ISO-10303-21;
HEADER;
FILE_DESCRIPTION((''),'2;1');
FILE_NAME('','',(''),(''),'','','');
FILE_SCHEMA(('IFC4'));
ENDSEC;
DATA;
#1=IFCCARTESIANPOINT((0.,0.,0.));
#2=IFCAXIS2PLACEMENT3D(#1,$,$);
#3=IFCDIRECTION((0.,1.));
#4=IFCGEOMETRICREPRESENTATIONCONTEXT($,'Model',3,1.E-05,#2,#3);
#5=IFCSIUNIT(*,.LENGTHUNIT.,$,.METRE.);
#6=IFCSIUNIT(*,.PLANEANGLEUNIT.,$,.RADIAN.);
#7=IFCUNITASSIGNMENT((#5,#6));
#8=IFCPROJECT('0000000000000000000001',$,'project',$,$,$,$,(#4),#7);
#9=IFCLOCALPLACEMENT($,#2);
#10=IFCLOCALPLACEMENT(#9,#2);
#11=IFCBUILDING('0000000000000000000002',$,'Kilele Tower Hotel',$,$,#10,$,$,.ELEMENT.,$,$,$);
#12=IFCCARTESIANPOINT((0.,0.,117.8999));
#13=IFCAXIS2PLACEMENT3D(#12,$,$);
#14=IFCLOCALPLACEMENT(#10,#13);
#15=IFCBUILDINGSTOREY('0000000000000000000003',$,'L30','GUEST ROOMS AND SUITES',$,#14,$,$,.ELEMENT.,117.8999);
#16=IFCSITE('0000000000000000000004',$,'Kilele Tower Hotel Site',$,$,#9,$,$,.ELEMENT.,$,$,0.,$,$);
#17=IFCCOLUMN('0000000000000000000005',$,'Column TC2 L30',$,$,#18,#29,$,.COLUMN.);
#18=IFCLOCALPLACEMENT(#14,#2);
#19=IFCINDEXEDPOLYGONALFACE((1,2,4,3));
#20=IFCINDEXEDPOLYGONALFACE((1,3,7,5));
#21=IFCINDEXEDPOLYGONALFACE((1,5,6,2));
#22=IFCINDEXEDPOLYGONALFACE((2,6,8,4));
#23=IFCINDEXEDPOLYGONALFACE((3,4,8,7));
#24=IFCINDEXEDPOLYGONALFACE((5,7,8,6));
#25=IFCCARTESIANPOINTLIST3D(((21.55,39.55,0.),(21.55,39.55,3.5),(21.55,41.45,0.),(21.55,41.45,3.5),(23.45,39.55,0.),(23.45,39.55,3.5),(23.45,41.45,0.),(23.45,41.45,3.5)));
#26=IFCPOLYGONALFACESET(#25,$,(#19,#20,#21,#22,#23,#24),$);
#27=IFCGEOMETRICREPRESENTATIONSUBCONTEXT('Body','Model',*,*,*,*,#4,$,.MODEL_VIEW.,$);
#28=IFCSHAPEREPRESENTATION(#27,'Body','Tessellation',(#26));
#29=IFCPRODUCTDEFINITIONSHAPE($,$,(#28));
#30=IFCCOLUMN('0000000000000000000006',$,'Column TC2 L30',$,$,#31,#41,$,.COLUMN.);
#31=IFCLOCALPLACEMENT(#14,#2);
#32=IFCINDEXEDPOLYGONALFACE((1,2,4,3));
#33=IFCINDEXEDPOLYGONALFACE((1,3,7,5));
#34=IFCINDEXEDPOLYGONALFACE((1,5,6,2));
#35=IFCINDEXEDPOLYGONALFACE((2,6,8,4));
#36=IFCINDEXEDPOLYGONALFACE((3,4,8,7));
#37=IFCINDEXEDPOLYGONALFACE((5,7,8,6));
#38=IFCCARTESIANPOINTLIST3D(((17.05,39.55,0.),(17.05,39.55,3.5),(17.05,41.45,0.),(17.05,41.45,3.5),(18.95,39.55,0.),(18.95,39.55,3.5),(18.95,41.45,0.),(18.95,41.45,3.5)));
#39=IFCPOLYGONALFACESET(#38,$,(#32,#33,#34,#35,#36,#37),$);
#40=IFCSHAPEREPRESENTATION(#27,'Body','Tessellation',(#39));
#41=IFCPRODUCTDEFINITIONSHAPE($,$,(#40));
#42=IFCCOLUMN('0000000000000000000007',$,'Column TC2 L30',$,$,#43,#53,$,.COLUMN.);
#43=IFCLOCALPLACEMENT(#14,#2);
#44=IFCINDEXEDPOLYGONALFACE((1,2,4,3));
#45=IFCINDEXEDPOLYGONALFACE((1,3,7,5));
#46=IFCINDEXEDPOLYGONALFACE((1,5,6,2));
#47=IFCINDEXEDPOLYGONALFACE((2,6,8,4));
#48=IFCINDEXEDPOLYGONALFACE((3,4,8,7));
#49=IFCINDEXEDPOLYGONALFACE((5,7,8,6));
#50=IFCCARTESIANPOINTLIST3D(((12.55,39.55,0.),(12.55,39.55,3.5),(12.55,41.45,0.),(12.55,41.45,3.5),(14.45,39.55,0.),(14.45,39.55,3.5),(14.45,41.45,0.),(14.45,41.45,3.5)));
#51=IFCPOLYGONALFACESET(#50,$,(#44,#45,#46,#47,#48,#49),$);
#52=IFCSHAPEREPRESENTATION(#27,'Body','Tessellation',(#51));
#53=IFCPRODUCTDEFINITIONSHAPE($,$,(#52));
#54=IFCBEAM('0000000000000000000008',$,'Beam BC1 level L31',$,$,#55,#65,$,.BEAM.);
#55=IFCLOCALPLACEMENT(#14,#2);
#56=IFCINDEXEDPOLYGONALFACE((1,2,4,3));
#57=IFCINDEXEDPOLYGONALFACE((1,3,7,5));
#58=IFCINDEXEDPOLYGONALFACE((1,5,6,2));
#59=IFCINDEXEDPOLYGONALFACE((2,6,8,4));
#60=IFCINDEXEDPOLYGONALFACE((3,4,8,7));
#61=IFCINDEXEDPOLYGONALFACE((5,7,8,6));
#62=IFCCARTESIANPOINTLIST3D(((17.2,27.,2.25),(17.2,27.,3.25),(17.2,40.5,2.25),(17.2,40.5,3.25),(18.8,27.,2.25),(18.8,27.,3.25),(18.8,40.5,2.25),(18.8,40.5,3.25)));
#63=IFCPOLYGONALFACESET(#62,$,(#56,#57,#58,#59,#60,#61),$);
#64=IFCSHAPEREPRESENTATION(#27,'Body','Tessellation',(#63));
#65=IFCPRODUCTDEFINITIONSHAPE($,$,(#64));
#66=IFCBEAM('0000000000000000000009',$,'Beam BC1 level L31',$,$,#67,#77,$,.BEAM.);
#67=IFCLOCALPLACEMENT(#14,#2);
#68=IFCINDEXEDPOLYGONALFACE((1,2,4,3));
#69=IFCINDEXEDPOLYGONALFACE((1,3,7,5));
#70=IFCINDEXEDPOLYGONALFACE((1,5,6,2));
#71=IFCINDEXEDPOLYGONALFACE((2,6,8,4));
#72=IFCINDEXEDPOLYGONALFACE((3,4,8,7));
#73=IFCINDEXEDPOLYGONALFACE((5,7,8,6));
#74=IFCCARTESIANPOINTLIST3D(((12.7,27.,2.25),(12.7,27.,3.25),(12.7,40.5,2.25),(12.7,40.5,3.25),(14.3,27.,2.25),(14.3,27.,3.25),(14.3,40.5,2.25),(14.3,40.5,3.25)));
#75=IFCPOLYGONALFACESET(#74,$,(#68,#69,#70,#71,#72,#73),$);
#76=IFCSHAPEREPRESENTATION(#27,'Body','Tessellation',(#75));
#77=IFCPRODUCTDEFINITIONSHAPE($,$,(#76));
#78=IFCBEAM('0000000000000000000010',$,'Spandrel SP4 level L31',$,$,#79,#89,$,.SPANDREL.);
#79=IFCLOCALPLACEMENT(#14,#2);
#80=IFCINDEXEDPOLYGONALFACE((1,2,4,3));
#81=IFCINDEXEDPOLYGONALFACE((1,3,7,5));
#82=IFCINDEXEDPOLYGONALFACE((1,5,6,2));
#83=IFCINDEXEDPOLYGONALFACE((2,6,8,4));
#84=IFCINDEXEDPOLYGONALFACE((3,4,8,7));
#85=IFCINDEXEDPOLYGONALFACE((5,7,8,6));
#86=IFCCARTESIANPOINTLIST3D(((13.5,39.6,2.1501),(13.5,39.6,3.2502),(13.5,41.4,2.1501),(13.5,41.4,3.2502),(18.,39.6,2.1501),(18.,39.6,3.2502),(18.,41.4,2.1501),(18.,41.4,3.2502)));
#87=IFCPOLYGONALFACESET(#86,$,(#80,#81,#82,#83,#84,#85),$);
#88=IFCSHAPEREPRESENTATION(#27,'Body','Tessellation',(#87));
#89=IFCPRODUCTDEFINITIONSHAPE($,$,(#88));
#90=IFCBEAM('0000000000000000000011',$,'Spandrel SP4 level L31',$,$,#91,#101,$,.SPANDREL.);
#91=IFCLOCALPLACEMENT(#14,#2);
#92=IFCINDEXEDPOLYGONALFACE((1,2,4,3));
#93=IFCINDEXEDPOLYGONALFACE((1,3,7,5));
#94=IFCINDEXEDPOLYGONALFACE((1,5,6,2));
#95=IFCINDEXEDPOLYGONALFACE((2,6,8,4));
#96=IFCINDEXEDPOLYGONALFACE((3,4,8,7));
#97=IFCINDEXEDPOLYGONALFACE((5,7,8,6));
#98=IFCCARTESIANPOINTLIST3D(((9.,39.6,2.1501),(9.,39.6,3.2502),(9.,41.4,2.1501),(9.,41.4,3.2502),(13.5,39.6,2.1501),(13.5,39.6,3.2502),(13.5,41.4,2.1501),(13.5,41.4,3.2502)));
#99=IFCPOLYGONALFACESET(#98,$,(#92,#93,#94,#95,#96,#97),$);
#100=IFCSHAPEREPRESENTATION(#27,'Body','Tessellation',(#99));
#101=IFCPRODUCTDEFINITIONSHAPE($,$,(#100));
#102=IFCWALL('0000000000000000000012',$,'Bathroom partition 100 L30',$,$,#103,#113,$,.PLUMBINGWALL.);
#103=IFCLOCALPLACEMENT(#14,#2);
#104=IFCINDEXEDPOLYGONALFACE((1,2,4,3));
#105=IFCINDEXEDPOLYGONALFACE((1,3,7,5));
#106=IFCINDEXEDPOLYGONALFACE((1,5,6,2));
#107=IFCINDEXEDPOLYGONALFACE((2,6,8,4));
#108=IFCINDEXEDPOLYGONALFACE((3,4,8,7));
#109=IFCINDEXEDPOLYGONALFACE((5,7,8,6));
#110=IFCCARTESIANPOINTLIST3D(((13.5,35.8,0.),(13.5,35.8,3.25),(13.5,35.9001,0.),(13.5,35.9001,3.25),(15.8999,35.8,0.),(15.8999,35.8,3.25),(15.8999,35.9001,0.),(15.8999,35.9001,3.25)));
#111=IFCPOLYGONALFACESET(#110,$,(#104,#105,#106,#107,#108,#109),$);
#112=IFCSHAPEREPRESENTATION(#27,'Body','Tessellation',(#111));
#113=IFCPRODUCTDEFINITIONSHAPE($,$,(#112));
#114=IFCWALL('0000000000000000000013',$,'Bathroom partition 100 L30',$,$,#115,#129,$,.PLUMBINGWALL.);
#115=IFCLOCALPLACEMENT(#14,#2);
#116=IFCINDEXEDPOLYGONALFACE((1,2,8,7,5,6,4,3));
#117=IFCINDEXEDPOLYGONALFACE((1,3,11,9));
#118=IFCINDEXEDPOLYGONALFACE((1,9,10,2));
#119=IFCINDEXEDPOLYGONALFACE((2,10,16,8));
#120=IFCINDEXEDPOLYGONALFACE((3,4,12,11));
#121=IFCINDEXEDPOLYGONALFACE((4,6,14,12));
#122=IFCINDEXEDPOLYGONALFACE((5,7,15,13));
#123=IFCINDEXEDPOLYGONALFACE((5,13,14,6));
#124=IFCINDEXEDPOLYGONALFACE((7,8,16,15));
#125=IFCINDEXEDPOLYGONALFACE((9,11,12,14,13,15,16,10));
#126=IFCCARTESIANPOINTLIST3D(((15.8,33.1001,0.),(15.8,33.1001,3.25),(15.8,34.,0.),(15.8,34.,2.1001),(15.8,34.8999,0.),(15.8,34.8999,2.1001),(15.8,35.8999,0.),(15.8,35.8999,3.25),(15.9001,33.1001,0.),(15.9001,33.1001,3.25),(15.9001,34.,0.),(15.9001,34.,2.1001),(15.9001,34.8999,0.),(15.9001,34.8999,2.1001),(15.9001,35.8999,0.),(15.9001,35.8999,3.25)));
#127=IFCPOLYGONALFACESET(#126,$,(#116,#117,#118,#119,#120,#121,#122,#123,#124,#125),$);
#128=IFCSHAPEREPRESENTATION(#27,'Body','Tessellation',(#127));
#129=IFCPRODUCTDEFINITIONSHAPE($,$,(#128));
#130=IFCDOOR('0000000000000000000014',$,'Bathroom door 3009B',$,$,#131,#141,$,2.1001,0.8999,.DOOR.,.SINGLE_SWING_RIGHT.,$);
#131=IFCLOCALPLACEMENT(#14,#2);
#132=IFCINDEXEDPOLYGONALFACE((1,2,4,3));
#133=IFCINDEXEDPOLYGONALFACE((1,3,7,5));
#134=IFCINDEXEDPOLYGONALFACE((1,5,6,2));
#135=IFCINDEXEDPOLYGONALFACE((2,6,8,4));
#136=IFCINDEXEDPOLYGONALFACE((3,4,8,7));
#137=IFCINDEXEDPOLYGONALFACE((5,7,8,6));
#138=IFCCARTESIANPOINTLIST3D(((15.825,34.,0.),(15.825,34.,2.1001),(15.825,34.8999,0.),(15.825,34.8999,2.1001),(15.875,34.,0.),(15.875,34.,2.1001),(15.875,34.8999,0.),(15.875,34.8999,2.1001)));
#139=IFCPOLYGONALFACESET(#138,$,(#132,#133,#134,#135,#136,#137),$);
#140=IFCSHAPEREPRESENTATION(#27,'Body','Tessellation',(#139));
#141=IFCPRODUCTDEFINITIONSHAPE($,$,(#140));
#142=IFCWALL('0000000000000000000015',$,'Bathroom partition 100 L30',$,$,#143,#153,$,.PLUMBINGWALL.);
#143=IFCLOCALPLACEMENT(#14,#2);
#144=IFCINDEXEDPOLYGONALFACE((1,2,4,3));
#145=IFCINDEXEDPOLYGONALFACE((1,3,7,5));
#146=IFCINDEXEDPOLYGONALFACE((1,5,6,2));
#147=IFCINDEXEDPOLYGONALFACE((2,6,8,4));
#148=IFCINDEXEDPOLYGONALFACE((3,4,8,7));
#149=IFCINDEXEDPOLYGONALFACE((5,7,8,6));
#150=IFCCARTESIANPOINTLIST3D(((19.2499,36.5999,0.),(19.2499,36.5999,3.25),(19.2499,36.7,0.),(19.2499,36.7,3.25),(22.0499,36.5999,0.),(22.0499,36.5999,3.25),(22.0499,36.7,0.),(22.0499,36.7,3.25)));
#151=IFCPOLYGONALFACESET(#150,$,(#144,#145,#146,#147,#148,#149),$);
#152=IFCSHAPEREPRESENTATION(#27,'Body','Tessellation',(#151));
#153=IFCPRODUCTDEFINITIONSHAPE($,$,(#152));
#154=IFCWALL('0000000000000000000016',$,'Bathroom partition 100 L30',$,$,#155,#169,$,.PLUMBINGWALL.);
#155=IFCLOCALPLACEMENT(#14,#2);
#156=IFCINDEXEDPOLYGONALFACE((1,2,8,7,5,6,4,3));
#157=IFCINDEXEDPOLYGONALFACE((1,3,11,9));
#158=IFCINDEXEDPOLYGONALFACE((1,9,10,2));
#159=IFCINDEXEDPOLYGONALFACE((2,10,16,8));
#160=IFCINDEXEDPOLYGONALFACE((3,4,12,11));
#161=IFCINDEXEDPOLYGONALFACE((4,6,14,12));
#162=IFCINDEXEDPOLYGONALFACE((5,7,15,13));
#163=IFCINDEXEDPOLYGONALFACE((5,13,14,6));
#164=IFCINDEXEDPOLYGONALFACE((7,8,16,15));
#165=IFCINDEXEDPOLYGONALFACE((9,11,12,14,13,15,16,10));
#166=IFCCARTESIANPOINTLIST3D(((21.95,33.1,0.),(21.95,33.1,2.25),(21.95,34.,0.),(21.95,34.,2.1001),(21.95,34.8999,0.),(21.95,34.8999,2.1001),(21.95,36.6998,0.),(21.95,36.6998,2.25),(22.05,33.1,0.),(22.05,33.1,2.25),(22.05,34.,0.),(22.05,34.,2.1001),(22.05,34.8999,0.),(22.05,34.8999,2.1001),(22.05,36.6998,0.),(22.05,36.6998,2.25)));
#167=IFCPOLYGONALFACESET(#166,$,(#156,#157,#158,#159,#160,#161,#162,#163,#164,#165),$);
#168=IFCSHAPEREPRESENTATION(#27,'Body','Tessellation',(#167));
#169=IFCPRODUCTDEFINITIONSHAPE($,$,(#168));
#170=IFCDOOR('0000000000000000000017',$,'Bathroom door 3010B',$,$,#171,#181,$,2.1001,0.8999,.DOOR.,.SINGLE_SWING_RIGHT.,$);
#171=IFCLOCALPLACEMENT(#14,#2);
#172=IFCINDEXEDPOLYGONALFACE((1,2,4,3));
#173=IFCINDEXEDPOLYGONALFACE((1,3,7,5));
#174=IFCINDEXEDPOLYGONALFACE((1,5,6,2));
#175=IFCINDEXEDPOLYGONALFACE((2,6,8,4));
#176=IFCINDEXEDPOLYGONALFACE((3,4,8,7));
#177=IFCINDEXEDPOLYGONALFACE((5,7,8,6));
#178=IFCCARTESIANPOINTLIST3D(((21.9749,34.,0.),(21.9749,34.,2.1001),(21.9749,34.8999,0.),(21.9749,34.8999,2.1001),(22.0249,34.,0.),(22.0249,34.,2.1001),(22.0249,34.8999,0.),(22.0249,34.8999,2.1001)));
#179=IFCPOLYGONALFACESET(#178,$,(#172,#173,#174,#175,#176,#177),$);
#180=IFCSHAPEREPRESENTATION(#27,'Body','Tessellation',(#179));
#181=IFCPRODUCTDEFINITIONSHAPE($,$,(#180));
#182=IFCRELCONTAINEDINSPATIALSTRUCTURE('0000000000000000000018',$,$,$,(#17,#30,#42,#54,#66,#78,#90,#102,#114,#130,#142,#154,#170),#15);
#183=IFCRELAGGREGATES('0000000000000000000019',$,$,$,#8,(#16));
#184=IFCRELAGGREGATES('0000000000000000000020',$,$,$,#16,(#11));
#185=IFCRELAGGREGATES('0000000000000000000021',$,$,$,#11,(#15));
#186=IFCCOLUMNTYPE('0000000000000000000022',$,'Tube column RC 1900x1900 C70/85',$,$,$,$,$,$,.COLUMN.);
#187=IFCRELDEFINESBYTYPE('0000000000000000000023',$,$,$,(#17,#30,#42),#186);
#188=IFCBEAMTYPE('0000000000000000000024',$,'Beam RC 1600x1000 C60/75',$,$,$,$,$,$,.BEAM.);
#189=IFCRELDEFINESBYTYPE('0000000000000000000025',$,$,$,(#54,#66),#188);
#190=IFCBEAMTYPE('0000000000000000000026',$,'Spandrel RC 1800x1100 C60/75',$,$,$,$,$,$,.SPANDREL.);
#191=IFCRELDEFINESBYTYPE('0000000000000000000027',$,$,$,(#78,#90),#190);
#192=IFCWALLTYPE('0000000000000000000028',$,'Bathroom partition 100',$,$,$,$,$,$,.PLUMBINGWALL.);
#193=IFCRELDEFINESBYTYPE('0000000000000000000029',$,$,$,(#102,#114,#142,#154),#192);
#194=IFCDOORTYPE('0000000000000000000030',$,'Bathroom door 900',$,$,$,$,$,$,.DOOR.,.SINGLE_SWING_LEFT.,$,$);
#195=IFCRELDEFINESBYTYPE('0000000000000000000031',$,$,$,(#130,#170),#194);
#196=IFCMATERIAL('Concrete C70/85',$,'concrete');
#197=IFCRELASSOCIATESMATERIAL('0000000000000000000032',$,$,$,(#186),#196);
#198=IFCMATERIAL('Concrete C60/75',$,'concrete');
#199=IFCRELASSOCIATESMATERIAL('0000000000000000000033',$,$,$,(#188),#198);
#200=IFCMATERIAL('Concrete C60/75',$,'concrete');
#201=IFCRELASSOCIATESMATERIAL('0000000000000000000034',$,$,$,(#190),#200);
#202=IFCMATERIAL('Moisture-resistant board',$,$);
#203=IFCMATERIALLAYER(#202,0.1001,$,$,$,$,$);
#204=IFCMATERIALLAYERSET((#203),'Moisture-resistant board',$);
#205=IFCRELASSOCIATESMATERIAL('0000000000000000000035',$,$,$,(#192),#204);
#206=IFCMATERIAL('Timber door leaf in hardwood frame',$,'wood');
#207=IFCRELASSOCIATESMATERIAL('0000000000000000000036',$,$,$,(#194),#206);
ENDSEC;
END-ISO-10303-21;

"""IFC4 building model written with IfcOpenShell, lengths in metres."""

from ifc_helpers import new_model, si_unit, direction, frame, frame_2d, origin, origin_2d, place, context, subcontext, project, spatial, rectangle, extrude, material, layer, layer_set, material_profile, profile_set, type_object, element, fill, save


model = new_model("IFC4")

# Units and contexts
model_context = context("Model", 3, precision=1e-05, world=origin(), true_north=direction((0.0, 1.0)))
body_context = subcontext(model_context, "Body", "Model", "MODEL_VIEW")
ifc_project = project(units=[si_unit("LENGTHUNIT", "METRE"), si_unit("PLANEANGLEUNIT", "RADIAN")], contexts=[model_context])

# Site, building, storey
site_placement = place(None, origin())
site = spatial("IfcSite", under=ifc_project, at=site_placement, Name="Kilele Tower Hotel Site", CompositionType="ELEMENT", RefElevation=0.0)
building_placement = place(site_placement, origin())
building = spatial("IfcBuilding", under=site, at=building_placement, Name="Kilele Tower Hotel", CompositionType="ELEMENT")
storey_placement = place(building_placement, frame((0.0, 0.0, 117.8999)))
storey = spatial("IfcBuildingStorey", under=building, at=storey_placement, Name="L30", Description="GUEST ROOMS AND SUITES", CompositionType="ELEMENT", Elevation=117.8999)

# Columns
ifc_material_1 = material(Name="Concrete C70/85", Category="concrete")
ifc_material_profile_1 = material_profile(ifc_material_1, rectangle(XDim=1.8999, YDim=1.8999, at=origin_2d()))
ifc_profile_set_1 = profile_set([ifc_material_profile_1], Name="Concrete C70/85")
column_type = type_object("IfcColumnType", Name="Tube column RC 1900x1900 C70/85", PredefinedType="COLUMN", material=ifc_profile_set_1)
for number, where, z_axis, x_axis, name in (
    (1, (22.5, 40.5, 0.0), (0.0, 0.0, 1.0), (1.0, 0.0, 0.0), "Column TC2 L30"),
    (2, (18.0, 40.5, 0.0), (0.0, 0.0, 1.0), (1.0, 0.0, 0.0), "Column TC2 L30"),
    (3, (13.5, 40.5, 0.0), (0.0, 0.0, 1.0), (1.0, 0.0, 0.0), "Column TC2 L30"),
):
    element("IfcColumn", number, at=place(storey_placement, frame(where, z_axis=z_axis, x_axis=x_axis)), inside=storey, type_object=column_type, Name=name, PredefinedType="COLUMN", context=body_context, shape_type="SweptSolid", body=[
        extrude(rectangle(XDim=1.8999, YDim=1.8999, at=origin_2d()), origin(), (0.0, 0.0, 1.0), 3.5),
    ])

# Beams
ifc_material_2 = material(Name="Concrete C60/75", Category="concrete")
ifc_material_profile_2 = material_profile(ifc_material_2, rectangle(XDim=1.6001, YDim=1.0, at=origin_2d()))
ifc_profile_set_2 = profile_set([ifc_material_profile_2], Name="Concrete C60/75")
beam_type_1 = type_object("IfcBeamType", Name="Beam RC 1600x1000 C60/75", PredefinedType="BEAM", material=ifc_profile_set_2)
for number, where, z_axis, x_axis, name in (
    (4, (18.0, 40.5, 2.75), (0.0, -1.0, 0.0), (1.0, 0.0, 0.0), "Beam BC1 level L31"),
    (5, (13.5, 40.5, 2.75), (0.0, -1.0, 0.0), (1.0, 0.0, 0.0), "Beam BC1 level L31"),
):
    element("IfcBeam", number, at=place(storey_placement, frame(where, z_axis=z_axis, x_axis=x_axis)), inside=storey, type_object=beam_type_1, Name=name, PredefinedType="BEAM", context=body_context, shape_type="SweptSolid", body=[
        extrude(rectangle(XDim=1.6001, YDim=1.0, at=origin_2d()), origin(), (0.0, 0.0, 1.0), 13.5),
    ])
ifc_material_3 = material(Name="Concrete C60/75", Category="concrete")
ifc_material_profile_3 = material_profile(ifc_material_3, rectangle(XDim=1.8, YDim=1.1001, at=origin_2d()))
ifc_profile_set_3 = profile_set([ifc_material_profile_3], Name="Concrete C60/75")
beam_type_2 = type_object("IfcBeamType", Name="Spandrel RC 1800x1100 C60/75", PredefinedType="SPANDREL", material=ifc_profile_set_3)
for number, where, z_axis, x_axis, name in (
    (6, (18.0, 40.5, 2.7002), (-1.0, 0.0, 0.0), (0.0, -1.0, 0.0), "Spandrel SP4 level L31"),
    (7, (13.5, 40.5, 2.7002), (-1.0, 0.0, 0.0), (0.0, -1.0, 0.0), "Spandrel SP4 level L31"),
):
    element("IfcBeam", number, at=place(storey_placement, frame(where, z_axis=z_axis, x_axis=x_axis)), inside=storey, type_object=beam_type_2, Name=name, PredefinedType="SPANDREL", context=body_context, shape_type="SweptSolid", body=[
        extrude(rectangle(XDim=1.8, YDim=1.1001, at=origin_2d()), origin(), (0.0, 0.0, 1.0), 4.5),
    ])

# Wall
ifc_material_4 = material(Name="Moisture-resistant board")
ifc_layer_1 = layer(ifc_material_4, 0.1001)
ifc_layer_set_1 = layer_set([ifc_layer_1], Name="Moisture-resistant board")
wall_type_1 = type_object("IfcWallType", Name="Bathroom partition 100", PredefinedType="PLUMBINGWALL", material=ifc_layer_set_1)
wall_1_placement = place(storey_placement, frame((13.5, 35.8501, 0.0), z_axis=(0.0, 0.0, 1.0), x_axis=(1.0, 0.0, 0.0)))
element("IfcWall", 8, at=wall_1_placement, inside=storey, type_object=wall_type_1, Name="Bathroom partition 100 L30", PredefinedType="PLUMBINGWALL", context=body_context, shape_type="SweptSolid", body=[
    extrude(rectangle(XDim=2.3999, YDim=0.1001, at=frame_2d((1.2, 0.0))), origin(), (0.0, 0.0, 1.0), 3.25),
])

# Wall, opening, door
wall_2_placement = place(storey_placement, frame((15.8501, 33.1001, 0.0), z_axis=(0.0, 0.0, 1.0), x_axis=(0.0, 1.0, 0.0)))
wall_2 = element("IfcWall", 9, at=wall_2_placement, inside=storey, type_object=wall_type_1, Name="Bathroom partition 100 L30", PredefinedType="PLUMBINGWALL", context=body_context, shape_type="SweptSolid", body=[
    extrude(rectangle(XDim=2.7998, YDim=0.1001, at=frame_2d((1.3999, 0.0))), origin(), (0.0, 0.0, 1.0), 3.25),
])
opening_1_placement = place(wall_2_placement, frame((1.7998, 0.0, 0.0), z_axis=(0.0, 0.0, 1.0), x_axis=(-1.0, 0.0, 0.0)))
opening_1 = element("IfcOpeningElement", 10, at=opening_1_placement, cuts=wall_2, PredefinedType="OPENING", context=body_context, shape_type="SweptSolid", body=[
    extrude(rectangle(XDim=0.8999, YDim=2.1001, at=frame_2d((0.45, 1.05))), frame((0.0, 0.0601, 0.0), z_axis=(0.0, -1.0, 0.0), x_axis=(1.0, 0.0, 0.0)), (0.0, 0.0, 1.0), 0.1201),
])
ifc_material_5 = material(Name="Timber door leaf in hardwood frame", Category="wood")
door_type_1 = type_object("IfcDoorType", Name="Bathroom door 900", OperationType="SINGLE_SWING_LEFT", PredefinedType="DOOR", material=ifc_material_5)
door_1_placement = place(opening_1_placement, origin())
door_1 = element("IfcDoor", 11, at=door_1_placement, inside=storey, type_object=door_type_1, Name="Bathroom door 3009B", OperationType="SINGLE_SWING_RIGHT", OverallHeight=2.1001, OverallWidth=0.8999, PredefinedType="DOOR", context=body_context, shape_type="SweptSolid", body=[
    extrude(rectangle(XDim=0.8999, YDim=2.1001, at=frame_2d((0.45, 1.05))), frame((0.0, 0.0249, 0.0), z_axis=(0.0, -1.0, 0.0), x_axis=(1.0, 0.0, 0.0)), (0.0, 0.0, 1.0), 0.05),
])
fill(opening_1, door_1)

# Wall
wall_3_placement = place(storey_placement, frame((19.25, 36.6499, 0.0), z_axis=(0.0, 0.0, 1.0), x_axis=(1.0, 0.0, 0.0)))
element("IfcWall", 12, at=wall_3_placement, inside=storey, type_object=wall_type_1, Name="Bathroom partition 100 L30", PredefinedType="PLUMBINGWALL", context=body_context, shape_type="SweptSolid", body=[
    extrude(rectangle(XDim=2.8, YDim=0.1001, at=frame_2d((1.3999, 0.0))), origin(), (0.0, 0.0, 1.0), 3.25),
])

# Wall, opening, door
wall_4_placement = place(storey_placement, frame((22.0, 33.1001, 0.0), z_axis=(0.0, 0.0, 1.0), x_axis=(0.0, 1.0, 0.0)))
wall_4 = element("IfcWall", 13, at=wall_4_placement, inside=storey, type_object=wall_type_1, Name="Bathroom partition 100 L30", PredefinedType="PLUMBINGWALL", context=body_context, shape_type="SweptSolid", body=[
    extrude(rectangle(XDim=3.5999, YDim=0.1001, at=frame_2d((1.7998, 0.0))), origin(), (0.0, 0.0, 1.0), 2.25),
])
opening_2_placement = place(wall_4_placement, frame((1.7998, 0.0, 0.0), z_axis=(0.0, 0.0, 1.0), x_axis=(-1.0, 0.0, 0.0)))
opening_2 = element("IfcOpeningElement", 14, at=opening_2_placement, cuts=wall_4, PredefinedType="OPENING", context=body_context, shape_type="SweptSolid", body=[
    extrude(rectangle(XDim=0.8999, YDim=2.1001, at=frame_2d((0.45, 1.05))), frame((0.0, 0.0601, 0.0), z_axis=(0.0, -1.0, 0.0), x_axis=(1.0, 0.0, 0.0)), (0.0, 0.0, 1.0), 0.1201),
])
door_2_placement = place(opening_2_placement, origin())
door_2 = element("IfcDoor", 15, at=door_2_placement, inside=storey, type_object=door_type_1, Name="Bathroom door 3010B", OperationType="SINGLE_SWING_RIGHT", OverallHeight=2.1001, OverallWidth=0.8999, PredefinedType="DOOR", context=body_context, shape_type="SweptSolid", body=[
    extrude(rectangle(XDim=0.8999, YDim=2.1001, at=frame_2d((0.45, 1.05))), frame((0.0, 0.0249, 0.0), z_axis=(0.0, -1.0, 0.0), x_axis=(1.0, 0.0, 0.0)), (0.0, 0.0, 1.0), 0.05),
])
fill(opening_2, door_2)

save(model, "model.ifc")
